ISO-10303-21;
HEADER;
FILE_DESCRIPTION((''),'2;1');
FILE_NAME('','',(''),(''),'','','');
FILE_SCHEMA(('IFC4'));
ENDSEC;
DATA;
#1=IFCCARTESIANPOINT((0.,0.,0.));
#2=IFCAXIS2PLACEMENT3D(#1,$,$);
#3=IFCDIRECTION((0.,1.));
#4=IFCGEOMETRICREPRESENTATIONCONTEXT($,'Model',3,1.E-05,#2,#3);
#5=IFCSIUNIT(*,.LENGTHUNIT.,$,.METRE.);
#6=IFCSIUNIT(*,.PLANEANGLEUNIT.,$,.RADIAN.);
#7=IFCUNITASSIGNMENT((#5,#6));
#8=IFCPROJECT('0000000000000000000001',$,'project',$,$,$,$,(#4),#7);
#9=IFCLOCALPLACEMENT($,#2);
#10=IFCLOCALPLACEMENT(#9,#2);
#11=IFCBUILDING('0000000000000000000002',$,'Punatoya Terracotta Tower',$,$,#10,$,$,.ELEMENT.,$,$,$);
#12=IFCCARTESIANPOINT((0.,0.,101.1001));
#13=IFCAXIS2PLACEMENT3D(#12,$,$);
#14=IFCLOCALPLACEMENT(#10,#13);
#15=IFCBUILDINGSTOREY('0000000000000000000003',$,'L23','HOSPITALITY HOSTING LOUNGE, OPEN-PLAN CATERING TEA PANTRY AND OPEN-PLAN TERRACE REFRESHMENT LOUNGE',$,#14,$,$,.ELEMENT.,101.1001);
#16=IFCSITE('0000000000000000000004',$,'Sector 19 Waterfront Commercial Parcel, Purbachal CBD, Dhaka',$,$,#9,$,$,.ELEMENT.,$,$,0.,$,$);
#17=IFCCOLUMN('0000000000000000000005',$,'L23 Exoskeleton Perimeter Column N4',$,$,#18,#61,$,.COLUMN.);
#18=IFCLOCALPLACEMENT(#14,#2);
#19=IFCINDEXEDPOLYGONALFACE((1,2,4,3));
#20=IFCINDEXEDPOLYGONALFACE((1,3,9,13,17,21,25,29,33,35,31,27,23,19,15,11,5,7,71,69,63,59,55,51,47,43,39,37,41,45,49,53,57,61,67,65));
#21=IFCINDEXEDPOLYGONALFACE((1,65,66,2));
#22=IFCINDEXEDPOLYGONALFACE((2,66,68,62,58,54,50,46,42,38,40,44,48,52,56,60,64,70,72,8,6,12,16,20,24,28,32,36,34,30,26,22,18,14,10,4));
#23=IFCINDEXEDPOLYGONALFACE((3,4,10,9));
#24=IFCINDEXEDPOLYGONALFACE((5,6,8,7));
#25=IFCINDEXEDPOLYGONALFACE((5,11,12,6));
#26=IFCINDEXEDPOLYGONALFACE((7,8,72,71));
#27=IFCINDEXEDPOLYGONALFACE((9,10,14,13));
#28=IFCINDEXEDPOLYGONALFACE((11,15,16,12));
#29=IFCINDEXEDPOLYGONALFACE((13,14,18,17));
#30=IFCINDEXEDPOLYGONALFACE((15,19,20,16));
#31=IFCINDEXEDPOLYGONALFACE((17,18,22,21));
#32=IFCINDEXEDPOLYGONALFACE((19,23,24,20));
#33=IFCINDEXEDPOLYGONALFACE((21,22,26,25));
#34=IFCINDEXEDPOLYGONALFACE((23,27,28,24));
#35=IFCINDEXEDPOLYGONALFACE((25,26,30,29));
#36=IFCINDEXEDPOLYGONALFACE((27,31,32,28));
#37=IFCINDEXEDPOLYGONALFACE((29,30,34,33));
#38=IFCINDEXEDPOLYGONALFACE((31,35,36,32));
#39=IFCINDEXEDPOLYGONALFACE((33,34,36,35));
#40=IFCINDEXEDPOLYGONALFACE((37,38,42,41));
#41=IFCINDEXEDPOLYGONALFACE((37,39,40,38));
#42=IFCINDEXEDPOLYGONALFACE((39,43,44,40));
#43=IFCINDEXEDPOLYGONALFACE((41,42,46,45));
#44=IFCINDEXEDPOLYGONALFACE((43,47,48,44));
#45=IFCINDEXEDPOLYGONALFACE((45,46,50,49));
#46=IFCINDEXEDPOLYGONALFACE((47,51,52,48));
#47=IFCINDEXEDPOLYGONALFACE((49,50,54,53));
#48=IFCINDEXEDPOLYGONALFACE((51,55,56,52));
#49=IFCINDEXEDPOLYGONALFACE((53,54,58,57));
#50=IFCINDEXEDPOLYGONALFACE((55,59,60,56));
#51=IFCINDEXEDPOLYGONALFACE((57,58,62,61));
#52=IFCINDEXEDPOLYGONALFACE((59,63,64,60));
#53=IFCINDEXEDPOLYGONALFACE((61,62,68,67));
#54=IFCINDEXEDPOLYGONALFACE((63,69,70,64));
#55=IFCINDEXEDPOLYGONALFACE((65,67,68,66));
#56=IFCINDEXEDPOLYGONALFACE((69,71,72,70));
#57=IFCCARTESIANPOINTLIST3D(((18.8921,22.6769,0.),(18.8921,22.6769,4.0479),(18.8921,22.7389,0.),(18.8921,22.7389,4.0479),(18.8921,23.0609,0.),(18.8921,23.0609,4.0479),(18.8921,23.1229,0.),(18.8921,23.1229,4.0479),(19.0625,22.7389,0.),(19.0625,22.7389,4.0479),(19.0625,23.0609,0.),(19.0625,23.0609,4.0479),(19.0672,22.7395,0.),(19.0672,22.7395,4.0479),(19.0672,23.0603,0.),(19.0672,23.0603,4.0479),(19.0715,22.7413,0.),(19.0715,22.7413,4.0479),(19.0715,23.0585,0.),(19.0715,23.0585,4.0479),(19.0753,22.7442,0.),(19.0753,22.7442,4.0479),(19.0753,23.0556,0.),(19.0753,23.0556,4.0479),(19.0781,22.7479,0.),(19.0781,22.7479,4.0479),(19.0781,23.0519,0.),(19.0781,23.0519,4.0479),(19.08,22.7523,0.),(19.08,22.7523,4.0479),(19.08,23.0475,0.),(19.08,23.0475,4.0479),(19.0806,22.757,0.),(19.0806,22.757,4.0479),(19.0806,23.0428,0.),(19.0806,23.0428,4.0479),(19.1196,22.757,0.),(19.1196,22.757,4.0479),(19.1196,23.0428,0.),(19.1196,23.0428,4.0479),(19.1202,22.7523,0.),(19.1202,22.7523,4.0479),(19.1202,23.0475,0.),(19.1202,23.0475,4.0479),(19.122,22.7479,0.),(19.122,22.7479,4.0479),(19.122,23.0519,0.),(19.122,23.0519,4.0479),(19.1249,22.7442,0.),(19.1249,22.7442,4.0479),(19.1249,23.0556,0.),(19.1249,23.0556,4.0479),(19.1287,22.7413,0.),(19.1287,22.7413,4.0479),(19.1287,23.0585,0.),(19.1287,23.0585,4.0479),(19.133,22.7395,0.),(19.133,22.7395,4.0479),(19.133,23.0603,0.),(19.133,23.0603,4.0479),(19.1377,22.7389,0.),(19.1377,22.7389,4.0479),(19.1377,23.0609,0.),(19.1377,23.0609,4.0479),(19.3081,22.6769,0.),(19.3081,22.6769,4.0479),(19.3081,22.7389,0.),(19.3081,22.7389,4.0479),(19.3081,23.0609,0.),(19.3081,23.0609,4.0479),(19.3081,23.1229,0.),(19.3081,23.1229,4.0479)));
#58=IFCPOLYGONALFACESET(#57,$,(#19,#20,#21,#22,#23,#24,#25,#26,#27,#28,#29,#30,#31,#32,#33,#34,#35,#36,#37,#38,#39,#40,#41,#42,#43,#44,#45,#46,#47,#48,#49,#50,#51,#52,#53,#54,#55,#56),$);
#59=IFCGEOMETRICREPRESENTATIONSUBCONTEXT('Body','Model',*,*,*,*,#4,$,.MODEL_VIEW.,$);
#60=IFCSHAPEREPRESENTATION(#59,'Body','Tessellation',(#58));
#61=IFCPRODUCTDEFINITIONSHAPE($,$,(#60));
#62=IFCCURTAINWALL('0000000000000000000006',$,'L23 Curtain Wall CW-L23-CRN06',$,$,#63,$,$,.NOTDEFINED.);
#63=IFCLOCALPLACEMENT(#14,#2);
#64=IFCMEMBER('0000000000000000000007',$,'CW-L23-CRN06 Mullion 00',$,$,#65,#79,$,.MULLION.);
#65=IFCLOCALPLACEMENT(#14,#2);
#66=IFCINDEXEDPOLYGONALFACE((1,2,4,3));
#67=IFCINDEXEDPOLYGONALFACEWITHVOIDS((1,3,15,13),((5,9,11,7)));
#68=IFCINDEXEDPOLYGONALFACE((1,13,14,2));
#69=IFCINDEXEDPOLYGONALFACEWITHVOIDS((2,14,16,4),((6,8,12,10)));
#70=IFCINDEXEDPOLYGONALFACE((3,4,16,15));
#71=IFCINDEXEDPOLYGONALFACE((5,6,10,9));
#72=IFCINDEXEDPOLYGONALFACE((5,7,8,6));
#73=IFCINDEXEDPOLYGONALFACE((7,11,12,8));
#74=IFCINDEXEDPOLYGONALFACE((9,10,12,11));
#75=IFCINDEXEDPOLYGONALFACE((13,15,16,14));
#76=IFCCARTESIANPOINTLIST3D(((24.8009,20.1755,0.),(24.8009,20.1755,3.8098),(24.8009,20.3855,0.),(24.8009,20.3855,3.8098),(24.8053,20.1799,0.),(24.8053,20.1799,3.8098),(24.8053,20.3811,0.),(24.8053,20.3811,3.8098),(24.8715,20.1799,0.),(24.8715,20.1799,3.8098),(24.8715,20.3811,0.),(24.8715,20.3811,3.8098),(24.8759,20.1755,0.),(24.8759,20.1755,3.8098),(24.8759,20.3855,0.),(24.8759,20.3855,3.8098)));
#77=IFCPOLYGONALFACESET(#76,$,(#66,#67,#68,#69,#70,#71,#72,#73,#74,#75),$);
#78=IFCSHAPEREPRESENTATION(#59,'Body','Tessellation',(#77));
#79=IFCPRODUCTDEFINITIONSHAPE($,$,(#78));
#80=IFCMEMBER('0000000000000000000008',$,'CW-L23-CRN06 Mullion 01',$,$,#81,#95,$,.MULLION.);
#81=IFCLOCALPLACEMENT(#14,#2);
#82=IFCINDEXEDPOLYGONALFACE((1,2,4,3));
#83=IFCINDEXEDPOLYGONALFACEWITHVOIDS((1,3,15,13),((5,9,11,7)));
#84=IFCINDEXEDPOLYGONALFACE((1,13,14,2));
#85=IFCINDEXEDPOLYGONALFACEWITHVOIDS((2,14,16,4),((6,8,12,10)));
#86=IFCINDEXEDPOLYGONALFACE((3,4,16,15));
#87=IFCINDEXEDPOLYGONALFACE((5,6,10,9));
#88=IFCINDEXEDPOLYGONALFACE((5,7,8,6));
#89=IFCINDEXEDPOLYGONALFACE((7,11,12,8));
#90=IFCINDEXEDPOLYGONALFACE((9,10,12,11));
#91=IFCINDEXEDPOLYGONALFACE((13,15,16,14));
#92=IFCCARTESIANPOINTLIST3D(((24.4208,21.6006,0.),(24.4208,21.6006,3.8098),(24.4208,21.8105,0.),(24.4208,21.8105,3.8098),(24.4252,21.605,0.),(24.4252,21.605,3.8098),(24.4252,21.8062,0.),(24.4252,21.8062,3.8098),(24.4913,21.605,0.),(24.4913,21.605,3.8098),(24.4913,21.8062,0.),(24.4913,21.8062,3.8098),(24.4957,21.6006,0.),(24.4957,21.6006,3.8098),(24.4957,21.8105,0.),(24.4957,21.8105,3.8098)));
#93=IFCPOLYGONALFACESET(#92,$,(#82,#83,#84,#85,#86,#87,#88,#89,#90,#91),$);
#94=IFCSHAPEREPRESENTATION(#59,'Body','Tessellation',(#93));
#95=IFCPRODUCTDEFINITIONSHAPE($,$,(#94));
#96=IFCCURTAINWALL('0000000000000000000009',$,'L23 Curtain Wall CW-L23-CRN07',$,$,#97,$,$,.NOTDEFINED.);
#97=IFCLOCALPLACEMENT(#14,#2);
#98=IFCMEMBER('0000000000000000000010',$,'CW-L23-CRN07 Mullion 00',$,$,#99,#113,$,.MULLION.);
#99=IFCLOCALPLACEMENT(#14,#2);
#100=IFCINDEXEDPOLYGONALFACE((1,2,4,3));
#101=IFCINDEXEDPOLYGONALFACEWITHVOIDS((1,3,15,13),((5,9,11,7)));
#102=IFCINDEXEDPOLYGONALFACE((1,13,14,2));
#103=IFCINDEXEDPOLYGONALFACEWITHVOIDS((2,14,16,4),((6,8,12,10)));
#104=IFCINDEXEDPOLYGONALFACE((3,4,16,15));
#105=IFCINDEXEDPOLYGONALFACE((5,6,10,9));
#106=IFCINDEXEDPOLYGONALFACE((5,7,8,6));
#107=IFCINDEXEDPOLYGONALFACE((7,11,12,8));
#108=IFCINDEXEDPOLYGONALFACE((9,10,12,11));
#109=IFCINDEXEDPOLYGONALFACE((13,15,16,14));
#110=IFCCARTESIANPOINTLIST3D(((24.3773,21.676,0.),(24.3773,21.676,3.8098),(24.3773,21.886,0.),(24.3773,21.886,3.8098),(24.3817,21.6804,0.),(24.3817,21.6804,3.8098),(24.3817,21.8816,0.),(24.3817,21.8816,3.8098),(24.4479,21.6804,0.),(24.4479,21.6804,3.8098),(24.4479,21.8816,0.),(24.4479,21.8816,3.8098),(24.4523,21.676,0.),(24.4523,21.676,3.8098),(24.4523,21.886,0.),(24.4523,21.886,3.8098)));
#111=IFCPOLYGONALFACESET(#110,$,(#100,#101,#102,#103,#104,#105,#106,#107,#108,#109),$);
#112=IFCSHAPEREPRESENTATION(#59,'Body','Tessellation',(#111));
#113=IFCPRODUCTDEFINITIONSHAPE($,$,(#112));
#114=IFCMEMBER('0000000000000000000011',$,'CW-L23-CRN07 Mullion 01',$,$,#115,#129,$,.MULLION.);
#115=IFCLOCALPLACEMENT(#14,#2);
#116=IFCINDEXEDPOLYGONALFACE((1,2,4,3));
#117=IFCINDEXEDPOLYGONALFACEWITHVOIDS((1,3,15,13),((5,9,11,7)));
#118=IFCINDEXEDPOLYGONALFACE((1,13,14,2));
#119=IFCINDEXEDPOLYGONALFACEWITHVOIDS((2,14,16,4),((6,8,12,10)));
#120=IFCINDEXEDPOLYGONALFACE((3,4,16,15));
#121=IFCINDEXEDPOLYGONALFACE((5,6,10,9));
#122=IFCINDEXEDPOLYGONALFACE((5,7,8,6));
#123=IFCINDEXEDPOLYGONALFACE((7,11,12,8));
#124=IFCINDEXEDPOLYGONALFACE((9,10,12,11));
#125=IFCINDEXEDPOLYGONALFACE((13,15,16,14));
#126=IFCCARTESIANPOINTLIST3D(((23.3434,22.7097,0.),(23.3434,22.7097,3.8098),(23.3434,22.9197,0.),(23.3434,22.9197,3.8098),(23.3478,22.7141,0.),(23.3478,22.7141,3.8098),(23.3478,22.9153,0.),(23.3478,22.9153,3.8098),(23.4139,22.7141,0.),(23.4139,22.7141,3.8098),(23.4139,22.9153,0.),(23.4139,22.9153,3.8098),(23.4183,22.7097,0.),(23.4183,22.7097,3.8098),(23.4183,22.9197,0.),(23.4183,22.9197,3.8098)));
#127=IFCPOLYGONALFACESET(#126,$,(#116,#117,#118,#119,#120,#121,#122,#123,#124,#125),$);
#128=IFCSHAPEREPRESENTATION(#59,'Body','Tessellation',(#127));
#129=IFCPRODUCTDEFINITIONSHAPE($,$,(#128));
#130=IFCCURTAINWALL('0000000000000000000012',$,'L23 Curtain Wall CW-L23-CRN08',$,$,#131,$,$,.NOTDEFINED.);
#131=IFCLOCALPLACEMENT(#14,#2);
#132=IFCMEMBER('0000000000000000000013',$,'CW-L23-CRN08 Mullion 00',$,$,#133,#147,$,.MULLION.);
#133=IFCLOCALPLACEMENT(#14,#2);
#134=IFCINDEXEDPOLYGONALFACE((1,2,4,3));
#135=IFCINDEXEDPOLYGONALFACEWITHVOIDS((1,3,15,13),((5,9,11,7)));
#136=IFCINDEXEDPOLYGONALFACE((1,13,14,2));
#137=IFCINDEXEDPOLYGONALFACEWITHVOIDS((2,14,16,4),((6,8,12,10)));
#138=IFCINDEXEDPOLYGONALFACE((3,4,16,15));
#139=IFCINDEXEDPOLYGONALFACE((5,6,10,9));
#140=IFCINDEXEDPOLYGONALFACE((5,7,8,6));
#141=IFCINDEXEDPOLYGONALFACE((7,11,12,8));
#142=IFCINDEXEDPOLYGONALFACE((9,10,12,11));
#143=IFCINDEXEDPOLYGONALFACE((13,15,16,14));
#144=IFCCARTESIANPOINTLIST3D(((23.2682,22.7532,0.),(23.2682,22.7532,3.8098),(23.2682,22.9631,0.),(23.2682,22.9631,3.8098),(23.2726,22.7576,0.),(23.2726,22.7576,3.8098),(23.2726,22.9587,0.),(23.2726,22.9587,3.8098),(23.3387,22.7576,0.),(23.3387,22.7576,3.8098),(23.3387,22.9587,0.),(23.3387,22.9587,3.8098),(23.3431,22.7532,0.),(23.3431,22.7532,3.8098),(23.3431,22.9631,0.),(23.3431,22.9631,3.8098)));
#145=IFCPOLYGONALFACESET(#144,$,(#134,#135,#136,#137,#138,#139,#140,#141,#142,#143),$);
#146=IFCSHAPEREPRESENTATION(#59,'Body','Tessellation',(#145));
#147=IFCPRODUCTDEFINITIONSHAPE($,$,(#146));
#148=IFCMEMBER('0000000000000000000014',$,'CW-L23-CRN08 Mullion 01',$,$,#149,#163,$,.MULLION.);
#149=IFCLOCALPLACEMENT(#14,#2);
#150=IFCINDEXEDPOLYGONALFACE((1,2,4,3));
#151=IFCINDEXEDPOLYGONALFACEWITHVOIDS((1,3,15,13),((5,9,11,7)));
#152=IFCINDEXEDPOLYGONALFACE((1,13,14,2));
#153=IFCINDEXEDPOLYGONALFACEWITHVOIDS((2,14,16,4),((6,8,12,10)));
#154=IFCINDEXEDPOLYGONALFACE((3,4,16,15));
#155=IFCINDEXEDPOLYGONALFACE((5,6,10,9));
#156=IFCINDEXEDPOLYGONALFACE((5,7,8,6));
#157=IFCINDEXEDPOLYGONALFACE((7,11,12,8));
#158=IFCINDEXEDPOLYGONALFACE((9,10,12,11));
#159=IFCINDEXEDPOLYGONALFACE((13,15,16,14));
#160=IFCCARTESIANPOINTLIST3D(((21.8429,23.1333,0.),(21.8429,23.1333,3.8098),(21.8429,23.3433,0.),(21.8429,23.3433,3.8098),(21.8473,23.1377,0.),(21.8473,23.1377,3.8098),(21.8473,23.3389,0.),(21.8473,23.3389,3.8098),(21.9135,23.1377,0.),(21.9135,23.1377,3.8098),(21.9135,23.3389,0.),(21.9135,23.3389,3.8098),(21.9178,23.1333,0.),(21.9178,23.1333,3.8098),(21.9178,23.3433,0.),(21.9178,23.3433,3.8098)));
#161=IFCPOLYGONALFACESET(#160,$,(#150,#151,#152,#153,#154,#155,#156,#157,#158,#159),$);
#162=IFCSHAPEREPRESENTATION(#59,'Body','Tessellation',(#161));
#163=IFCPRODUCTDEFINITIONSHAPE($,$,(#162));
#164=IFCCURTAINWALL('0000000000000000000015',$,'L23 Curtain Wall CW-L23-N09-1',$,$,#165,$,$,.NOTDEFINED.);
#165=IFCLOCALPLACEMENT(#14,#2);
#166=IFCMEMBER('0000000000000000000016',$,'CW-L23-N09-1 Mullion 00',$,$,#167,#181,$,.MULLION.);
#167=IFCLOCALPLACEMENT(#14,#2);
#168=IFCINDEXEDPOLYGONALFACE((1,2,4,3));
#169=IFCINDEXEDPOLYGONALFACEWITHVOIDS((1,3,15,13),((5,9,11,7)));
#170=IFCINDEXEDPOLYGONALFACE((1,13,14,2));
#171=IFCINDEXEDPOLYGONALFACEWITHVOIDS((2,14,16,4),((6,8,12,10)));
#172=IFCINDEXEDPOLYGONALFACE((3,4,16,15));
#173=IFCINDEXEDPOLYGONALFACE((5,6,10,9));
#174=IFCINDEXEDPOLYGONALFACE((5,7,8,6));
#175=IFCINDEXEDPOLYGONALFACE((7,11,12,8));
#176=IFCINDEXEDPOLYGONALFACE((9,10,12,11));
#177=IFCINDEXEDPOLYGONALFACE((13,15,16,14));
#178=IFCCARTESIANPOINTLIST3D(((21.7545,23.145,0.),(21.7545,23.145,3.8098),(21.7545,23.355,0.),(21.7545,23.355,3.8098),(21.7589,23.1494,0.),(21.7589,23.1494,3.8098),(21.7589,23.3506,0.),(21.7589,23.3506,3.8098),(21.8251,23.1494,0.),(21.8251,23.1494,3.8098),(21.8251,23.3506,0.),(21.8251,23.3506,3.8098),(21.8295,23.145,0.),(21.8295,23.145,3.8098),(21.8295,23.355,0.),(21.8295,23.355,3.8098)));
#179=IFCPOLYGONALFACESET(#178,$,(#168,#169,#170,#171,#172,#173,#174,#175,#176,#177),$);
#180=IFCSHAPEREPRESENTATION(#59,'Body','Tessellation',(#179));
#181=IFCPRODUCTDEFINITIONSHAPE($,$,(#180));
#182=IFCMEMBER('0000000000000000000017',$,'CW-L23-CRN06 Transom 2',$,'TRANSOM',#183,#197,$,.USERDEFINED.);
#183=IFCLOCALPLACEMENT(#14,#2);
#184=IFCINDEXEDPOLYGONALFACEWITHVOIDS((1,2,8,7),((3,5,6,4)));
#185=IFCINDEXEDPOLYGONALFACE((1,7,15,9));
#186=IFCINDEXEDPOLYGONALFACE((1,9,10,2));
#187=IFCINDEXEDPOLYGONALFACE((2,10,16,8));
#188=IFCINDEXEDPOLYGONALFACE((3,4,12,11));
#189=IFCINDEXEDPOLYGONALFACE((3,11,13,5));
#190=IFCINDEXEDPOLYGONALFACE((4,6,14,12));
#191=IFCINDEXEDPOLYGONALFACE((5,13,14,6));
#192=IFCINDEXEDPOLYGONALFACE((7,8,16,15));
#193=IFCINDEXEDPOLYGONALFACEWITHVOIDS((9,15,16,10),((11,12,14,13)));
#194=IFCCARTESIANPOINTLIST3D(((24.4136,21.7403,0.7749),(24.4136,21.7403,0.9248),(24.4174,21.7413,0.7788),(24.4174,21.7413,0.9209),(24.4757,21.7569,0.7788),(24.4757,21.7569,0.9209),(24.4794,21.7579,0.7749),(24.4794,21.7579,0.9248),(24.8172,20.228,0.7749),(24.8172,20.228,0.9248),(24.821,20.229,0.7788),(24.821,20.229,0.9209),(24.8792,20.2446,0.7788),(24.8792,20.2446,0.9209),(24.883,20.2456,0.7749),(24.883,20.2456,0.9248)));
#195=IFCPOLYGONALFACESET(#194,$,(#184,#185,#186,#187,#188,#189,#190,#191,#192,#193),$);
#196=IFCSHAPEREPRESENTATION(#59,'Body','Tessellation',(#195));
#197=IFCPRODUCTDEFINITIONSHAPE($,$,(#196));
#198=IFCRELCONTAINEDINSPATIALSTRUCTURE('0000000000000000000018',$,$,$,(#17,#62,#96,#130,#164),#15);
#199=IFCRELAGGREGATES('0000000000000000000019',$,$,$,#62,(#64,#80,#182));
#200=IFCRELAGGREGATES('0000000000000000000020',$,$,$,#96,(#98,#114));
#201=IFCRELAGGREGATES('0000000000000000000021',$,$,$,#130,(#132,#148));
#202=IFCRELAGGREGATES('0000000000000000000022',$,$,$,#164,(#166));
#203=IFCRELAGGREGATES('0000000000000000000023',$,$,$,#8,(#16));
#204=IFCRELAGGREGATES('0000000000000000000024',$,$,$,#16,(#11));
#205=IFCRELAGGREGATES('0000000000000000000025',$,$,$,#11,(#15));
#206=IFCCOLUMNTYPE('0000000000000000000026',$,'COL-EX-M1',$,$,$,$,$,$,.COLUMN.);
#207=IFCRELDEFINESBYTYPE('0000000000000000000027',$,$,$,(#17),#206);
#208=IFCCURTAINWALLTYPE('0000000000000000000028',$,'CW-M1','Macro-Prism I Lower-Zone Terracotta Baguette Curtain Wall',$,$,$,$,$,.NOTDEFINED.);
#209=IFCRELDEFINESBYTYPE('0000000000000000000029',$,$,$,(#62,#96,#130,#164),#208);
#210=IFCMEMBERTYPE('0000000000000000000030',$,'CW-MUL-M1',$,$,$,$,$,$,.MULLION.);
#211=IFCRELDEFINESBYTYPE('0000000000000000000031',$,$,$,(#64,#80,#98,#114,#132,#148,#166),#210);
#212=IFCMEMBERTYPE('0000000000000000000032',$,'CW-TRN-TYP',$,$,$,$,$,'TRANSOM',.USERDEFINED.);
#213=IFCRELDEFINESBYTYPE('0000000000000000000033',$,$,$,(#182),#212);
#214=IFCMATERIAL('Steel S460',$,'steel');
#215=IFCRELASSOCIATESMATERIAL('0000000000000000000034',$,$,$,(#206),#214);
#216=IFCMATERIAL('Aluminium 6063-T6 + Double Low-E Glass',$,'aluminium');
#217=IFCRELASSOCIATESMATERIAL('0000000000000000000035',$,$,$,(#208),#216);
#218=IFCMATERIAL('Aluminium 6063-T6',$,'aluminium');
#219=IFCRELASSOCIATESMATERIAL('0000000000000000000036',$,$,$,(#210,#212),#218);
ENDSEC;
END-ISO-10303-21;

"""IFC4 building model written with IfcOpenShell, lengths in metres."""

from ifc_helpers import new_model, si_unit, direction, frame, origin, origin_2d, place, context, subcontext, project, spatial, hollow_rectangle, i_section, extrude, material, material_profile, profile_set, type_object, element, aggregate, save


model = new_model("IFC4")

# Units and contexts
model_context = context("Model", 3, precision=1e-05, world=origin(), true_north=direction((0.0, 1.0)))
body_context = subcontext(model_context, "Body", "Model", "MODEL_VIEW")
ifc_project = project(units=[si_unit("LENGTHUNIT", "METRE"), si_unit("PLANEANGLEUNIT", "RADIAN")], contexts=[model_context])

# Site, building, storey
site_placement = place(None, origin())
site = spatial("IfcSite", under=ifc_project, at=site_placement, Name="Sector 19 Waterfront Commercial Parcel, Purbachal CBD, Dhaka", CompositionType="ELEMENT", RefElevation=0.0)
building_placement = place(site_placement, origin())
building = spatial("IfcBuilding", under=site, at=building_placement, Name="Punatoya Terracotta Tower", CompositionType="ELEMENT")
storey_placement = place(building_placement, frame((0.0, 0.0, 101.1001)))
storey = spatial("IfcBuildingStorey", under=building, at=storey_placement, Name="L23", Description="HOSPITALITY HOSTING LOUNGE, OPEN-PLAN CATERING TEA PANTRY AND OPEN-PLAN TERRACE REFRESHMENT LOUNGE", CompositionType="ELEMENT", Elevation=101.1001)

# Column
ifc_material_1 = material(Name="Steel S460", Category="steel")
ifc_material_profile_1 = material_profile(ifc_material_1, i_section(OverallWidth=0.416, OverallDepth=0.446, WebThickness=0.0391, FlangeThickness=0.062, FilletRadius=0.0181, at=origin_2d()))
ifc_profile_set_1 = profile_set([ifc_material_profile_1], Name="Steel S460")
column_type = type_object("IfcColumnType", Name="COL-EX-M1", PredefinedType="COLUMN", material=ifc_profile_set_1)
column_placement = place(storey_placement, frame((19.1001, 22.8999, 0.0), z_axis=(0.0, 0.0, 1.0), x_axis=(1.0, 0.0, 0.0)))
element("IfcColumn", 1, at=column_placement, inside=storey, type_object=column_type, Name="L23 Exoskeleton Perimeter Column N4", PredefinedType="COLUMN", context=body_context, shape_type="SweptSolid", body=[
    extrude(i_section(OverallWidth=0.416, OverallDepth=0.446, WebThickness=0.0391, FlangeThickness=0.062, FilletRadius=0.0181, at=origin_2d()), origin(), (0.0, 0.0, 1.0), 4.0479),
])

# Curtain walls, members
ifc_material_2 = material(Name="Aluminium 6063-T6 + Double Low-E Glass", Category="aluminium")
curtain_wall_type = type_object("IfcCurtainWallType", Name="CW-M1", Description="Macro-Prism I Lower-Zone Terracotta Baguette Curtain Wall", PredefinedType="NOTDEFINED", material=ifc_material_2)
curtain_wall_1_placement = place(storey_placement, origin())
curtain_wall_1 = element("IfcCurtainWall", 2, at=curtain_wall_1_placement, inside=storey, type_object=curtain_wall_type, Name="L23 Curtain Wall CW-L23-CRN06", PredefinedType="NOTDEFINED")
ifc_material_3 = material(Name="Aluminium 6063-T6", Category="aluminium")
ifc_material_profile_2 = material_profile(ifc_material_3, hollow_rectangle(XDim=0.075, YDim=0.21, WallThickness=0.0044, at=origin_2d()))
ifc_profile_set_2 = profile_set([ifc_material_profile_2], Name="Aluminium 6063-T6")
member_type_1 = type_object("IfcMemberType", Name="CW-MUL-M1", PredefinedType="MULLION", material=ifc_profile_set_2)
member_1_placement = place(storey_placement, frame((24.8384, 20.2805, 0.0), z_axis=(0.0, 0.0, 1.0), x_axis=(1.0, 0.0, 0.0)))
member_1 = element("IfcMember", 3, at=member_1_placement, type_object=member_type_1, Name="CW-L23-CRN06 Mullion 00", PredefinedType="MULLION", context=body_context, shape_type="SweptSolid", body=[
    extrude(hollow_rectangle(XDim=0.075, YDim=0.21, WallThickness=0.0044, at=origin_2d()), origin(), (0.0, 0.0, 1.0), 3.8098),
])
member_2_placement = place(storey_placement, frame((24.4583, 21.7056, 0.0), z_axis=(0.0, 0.0, 1.0), x_axis=(1.0, 0.0, 0.0)))
member_2 = element("IfcMember", 4, at=member_2_placement, type_object=member_type_1, Name="CW-L23-CRN06 Mullion 01", PredefinedType="MULLION", context=body_context, shape_type="SweptSolid", body=[
    extrude(hollow_rectangle(XDim=0.075, YDim=0.21, WallThickness=0.0044, at=origin_2d()), origin(), (0.0, 0.0, 1.0), 3.8098),
])
curtain_wall_2_placement = place(storey_placement, origin())
curtain_wall_2 = element("IfcCurtainWall", 5, at=curtain_wall_2_placement, inside=storey, type_object=curtain_wall_type, Name="L23 Curtain Wall CW-L23-CRN07", PredefinedType="NOTDEFINED")
member_3_placement = place(storey_placement, frame((24.4148, 21.781, 0.0), z_axis=(0.0, 0.0, 1.0), x_axis=(1.0, 0.0, 0.0)))
member_3 = element("IfcMember", 6, at=member_3_placement, type_object=member_type_1, Name="CW-L23-CRN07 Mullion 00", PredefinedType="MULLION", context=body_context, shape_type="SweptSolid", body=[
    extrude(hollow_rectangle(XDim=0.075, YDim=0.21, WallThickness=0.0044, at=origin_2d()), origin(), (0.0, 0.0, 1.0), 3.8098),
])
member_4_placement = place(storey_placement, frame((23.3809, 22.8147, 0.0), z_axis=(0.0, 0.0, 1.0), x_axis=(1.0, 0.0, 0.0)))
member_4 = element("IfcMember", 7, at=member_4_placement, type_object=member_type_1, Name="CW-L23-CRN07 Mullion 01", PredefinedType="MULLION", context=body_context, shape_type="SweptSolid", body=[
    extrude(hollow_rectangle(XDim=0.075, YDim=0.21, WallThickness=0.0044, at=origin_2d()), origin(), (0.0, 0.0, 1.0), 3.8098),
])
curtain_wall_3_placement = place(storey_placement, origin())
curtain_wall_3 = element("IfcCurtainWall", 8, at=curtain_wall_3_placement, inside=storey, type_object=curtain_wall_type, Name="L23 Curtain Wall CW-L23-CRN08", PredefinedType="NOTDEFINED")
member_5_placement = place(storey_placement, frame((23.3057, 22.8582, 0.0), z_axis=(0.0, 0.0, 1.0), x_axis=(1.0, 0.0, 0.0)))
member_5 = element("IfcMember", 9, at=member_5_placement, type_object=member_type_1, Name="CW-L23-CRN08 Mullion 00", PredefinedType="MULLION", context=body_context, shape_type="SweptSolid", body=[
    extrude(hollow_rectangle(XDim=0.075, YDim=0.21, WallThickness=0.0044, at=origin_2d()), origin(), (0.0, 0.0, 1.0), 3.8098),
])
member_6_placement = place(storey_placement, frame((21.8804, 23.2383, 0.0), z_axis=(0.0, 0.0, 1.0), x_axis=(1.0, 0.0, 0.0)))
member_6 = element("IfcMember", 10, at=member_6_placement, type_object=member_type_1, Name="CW-L23-CRN08 Mullion 01", PredefinedType="MULLION", context=body_context, shape_type="SweptSolid", body=[
    extrude(hollow_rectangle(XDim=0.075, YDim=0.21, WallThickness=0.0044, at=origin_2d()), origin(), (0.0, 0.0, 1.0), 3.8098),
])

# Curtain wall, member
curtain_wall_4_placement = place(storey_placement, origin())
curtain_wall_4 = element("IfcCurtainWall", 11, at=curtain_wall_4_placement, inside=storey, type_object=curtain_wall_type, Name="L23 Curtain Wall CW-L23-N09-1", PredefinedType="NOTDEFINED")
member_7_placement = place(storey_placement, frame((21.792, 23.25, 0.0), z_axis=(0.0, 0.0, 1.0), x_axis=(1.0, 0.0, 0.0)))
member_7 = element("IfcMember", 12, at=member_7_placement, type_object=member_type_1, Name="CW-L23-N09-1 Mullion 00", PredefinedType="MULLION", context=body_context, shape_type="SweptSolid", body=[
    extrude(hollow_rectangle(XDim=0.075, YDim=0.21, WallThickness=0.0044, at=origin_2d()), origin(), (0.0, 0.0, 1.0), 3.8098),
])

# Member
ifc_material_profile_3 = material_profile(ifc_material_3, hollow_rectangle(XDim=0.0681, YDim=0.1499, WallThickness=0.0039, at=origin_2d()))
ifc_profile_set_3 = profile_set([ifc_material_profile_3], Name="Aluminium 6063-T6")
member_type_2 = type_object("IfcMemberType", Name="CW-TRN-TYP", ElementType="TRANSOM", PredefinedType="USERDEFINED", material=ifc_profile_set_3)
member_8_placement = place(storey_placement, frame((24.8501, 20.2368, 0.8499), z_axis=(-0.257847, 0.966186, 0.0), x_axis=(-0.966186, -0.257847, 0.0)))
member_8 = element("IfcMember", 13, at=member_8_placement, type_object=member_type_2, Name="CW-L23-CRN06 Transom 2", ObjectType="TRANSOM", PredefinedType="USERDEFINED", context=body_context, shape_type="SweptSolid", body=[
    extrude(hollow_rectangle(XDim=0.0681, YDim=0.1499, WallThickness=0.0039, at=origin_2d()), origin(), (0.0, 0.0, 1.0), 1.5652),
])

aggregate(curtain_wall_1, [member_1, member_2, member_8])
aggregate(curtain_wall_2, [member_3, member_4])
aggregate(curtain_wall_3, [member_5, member_6])
aggregate(curtain_wall_4, [member_7])

save(model, "model.ifc")
